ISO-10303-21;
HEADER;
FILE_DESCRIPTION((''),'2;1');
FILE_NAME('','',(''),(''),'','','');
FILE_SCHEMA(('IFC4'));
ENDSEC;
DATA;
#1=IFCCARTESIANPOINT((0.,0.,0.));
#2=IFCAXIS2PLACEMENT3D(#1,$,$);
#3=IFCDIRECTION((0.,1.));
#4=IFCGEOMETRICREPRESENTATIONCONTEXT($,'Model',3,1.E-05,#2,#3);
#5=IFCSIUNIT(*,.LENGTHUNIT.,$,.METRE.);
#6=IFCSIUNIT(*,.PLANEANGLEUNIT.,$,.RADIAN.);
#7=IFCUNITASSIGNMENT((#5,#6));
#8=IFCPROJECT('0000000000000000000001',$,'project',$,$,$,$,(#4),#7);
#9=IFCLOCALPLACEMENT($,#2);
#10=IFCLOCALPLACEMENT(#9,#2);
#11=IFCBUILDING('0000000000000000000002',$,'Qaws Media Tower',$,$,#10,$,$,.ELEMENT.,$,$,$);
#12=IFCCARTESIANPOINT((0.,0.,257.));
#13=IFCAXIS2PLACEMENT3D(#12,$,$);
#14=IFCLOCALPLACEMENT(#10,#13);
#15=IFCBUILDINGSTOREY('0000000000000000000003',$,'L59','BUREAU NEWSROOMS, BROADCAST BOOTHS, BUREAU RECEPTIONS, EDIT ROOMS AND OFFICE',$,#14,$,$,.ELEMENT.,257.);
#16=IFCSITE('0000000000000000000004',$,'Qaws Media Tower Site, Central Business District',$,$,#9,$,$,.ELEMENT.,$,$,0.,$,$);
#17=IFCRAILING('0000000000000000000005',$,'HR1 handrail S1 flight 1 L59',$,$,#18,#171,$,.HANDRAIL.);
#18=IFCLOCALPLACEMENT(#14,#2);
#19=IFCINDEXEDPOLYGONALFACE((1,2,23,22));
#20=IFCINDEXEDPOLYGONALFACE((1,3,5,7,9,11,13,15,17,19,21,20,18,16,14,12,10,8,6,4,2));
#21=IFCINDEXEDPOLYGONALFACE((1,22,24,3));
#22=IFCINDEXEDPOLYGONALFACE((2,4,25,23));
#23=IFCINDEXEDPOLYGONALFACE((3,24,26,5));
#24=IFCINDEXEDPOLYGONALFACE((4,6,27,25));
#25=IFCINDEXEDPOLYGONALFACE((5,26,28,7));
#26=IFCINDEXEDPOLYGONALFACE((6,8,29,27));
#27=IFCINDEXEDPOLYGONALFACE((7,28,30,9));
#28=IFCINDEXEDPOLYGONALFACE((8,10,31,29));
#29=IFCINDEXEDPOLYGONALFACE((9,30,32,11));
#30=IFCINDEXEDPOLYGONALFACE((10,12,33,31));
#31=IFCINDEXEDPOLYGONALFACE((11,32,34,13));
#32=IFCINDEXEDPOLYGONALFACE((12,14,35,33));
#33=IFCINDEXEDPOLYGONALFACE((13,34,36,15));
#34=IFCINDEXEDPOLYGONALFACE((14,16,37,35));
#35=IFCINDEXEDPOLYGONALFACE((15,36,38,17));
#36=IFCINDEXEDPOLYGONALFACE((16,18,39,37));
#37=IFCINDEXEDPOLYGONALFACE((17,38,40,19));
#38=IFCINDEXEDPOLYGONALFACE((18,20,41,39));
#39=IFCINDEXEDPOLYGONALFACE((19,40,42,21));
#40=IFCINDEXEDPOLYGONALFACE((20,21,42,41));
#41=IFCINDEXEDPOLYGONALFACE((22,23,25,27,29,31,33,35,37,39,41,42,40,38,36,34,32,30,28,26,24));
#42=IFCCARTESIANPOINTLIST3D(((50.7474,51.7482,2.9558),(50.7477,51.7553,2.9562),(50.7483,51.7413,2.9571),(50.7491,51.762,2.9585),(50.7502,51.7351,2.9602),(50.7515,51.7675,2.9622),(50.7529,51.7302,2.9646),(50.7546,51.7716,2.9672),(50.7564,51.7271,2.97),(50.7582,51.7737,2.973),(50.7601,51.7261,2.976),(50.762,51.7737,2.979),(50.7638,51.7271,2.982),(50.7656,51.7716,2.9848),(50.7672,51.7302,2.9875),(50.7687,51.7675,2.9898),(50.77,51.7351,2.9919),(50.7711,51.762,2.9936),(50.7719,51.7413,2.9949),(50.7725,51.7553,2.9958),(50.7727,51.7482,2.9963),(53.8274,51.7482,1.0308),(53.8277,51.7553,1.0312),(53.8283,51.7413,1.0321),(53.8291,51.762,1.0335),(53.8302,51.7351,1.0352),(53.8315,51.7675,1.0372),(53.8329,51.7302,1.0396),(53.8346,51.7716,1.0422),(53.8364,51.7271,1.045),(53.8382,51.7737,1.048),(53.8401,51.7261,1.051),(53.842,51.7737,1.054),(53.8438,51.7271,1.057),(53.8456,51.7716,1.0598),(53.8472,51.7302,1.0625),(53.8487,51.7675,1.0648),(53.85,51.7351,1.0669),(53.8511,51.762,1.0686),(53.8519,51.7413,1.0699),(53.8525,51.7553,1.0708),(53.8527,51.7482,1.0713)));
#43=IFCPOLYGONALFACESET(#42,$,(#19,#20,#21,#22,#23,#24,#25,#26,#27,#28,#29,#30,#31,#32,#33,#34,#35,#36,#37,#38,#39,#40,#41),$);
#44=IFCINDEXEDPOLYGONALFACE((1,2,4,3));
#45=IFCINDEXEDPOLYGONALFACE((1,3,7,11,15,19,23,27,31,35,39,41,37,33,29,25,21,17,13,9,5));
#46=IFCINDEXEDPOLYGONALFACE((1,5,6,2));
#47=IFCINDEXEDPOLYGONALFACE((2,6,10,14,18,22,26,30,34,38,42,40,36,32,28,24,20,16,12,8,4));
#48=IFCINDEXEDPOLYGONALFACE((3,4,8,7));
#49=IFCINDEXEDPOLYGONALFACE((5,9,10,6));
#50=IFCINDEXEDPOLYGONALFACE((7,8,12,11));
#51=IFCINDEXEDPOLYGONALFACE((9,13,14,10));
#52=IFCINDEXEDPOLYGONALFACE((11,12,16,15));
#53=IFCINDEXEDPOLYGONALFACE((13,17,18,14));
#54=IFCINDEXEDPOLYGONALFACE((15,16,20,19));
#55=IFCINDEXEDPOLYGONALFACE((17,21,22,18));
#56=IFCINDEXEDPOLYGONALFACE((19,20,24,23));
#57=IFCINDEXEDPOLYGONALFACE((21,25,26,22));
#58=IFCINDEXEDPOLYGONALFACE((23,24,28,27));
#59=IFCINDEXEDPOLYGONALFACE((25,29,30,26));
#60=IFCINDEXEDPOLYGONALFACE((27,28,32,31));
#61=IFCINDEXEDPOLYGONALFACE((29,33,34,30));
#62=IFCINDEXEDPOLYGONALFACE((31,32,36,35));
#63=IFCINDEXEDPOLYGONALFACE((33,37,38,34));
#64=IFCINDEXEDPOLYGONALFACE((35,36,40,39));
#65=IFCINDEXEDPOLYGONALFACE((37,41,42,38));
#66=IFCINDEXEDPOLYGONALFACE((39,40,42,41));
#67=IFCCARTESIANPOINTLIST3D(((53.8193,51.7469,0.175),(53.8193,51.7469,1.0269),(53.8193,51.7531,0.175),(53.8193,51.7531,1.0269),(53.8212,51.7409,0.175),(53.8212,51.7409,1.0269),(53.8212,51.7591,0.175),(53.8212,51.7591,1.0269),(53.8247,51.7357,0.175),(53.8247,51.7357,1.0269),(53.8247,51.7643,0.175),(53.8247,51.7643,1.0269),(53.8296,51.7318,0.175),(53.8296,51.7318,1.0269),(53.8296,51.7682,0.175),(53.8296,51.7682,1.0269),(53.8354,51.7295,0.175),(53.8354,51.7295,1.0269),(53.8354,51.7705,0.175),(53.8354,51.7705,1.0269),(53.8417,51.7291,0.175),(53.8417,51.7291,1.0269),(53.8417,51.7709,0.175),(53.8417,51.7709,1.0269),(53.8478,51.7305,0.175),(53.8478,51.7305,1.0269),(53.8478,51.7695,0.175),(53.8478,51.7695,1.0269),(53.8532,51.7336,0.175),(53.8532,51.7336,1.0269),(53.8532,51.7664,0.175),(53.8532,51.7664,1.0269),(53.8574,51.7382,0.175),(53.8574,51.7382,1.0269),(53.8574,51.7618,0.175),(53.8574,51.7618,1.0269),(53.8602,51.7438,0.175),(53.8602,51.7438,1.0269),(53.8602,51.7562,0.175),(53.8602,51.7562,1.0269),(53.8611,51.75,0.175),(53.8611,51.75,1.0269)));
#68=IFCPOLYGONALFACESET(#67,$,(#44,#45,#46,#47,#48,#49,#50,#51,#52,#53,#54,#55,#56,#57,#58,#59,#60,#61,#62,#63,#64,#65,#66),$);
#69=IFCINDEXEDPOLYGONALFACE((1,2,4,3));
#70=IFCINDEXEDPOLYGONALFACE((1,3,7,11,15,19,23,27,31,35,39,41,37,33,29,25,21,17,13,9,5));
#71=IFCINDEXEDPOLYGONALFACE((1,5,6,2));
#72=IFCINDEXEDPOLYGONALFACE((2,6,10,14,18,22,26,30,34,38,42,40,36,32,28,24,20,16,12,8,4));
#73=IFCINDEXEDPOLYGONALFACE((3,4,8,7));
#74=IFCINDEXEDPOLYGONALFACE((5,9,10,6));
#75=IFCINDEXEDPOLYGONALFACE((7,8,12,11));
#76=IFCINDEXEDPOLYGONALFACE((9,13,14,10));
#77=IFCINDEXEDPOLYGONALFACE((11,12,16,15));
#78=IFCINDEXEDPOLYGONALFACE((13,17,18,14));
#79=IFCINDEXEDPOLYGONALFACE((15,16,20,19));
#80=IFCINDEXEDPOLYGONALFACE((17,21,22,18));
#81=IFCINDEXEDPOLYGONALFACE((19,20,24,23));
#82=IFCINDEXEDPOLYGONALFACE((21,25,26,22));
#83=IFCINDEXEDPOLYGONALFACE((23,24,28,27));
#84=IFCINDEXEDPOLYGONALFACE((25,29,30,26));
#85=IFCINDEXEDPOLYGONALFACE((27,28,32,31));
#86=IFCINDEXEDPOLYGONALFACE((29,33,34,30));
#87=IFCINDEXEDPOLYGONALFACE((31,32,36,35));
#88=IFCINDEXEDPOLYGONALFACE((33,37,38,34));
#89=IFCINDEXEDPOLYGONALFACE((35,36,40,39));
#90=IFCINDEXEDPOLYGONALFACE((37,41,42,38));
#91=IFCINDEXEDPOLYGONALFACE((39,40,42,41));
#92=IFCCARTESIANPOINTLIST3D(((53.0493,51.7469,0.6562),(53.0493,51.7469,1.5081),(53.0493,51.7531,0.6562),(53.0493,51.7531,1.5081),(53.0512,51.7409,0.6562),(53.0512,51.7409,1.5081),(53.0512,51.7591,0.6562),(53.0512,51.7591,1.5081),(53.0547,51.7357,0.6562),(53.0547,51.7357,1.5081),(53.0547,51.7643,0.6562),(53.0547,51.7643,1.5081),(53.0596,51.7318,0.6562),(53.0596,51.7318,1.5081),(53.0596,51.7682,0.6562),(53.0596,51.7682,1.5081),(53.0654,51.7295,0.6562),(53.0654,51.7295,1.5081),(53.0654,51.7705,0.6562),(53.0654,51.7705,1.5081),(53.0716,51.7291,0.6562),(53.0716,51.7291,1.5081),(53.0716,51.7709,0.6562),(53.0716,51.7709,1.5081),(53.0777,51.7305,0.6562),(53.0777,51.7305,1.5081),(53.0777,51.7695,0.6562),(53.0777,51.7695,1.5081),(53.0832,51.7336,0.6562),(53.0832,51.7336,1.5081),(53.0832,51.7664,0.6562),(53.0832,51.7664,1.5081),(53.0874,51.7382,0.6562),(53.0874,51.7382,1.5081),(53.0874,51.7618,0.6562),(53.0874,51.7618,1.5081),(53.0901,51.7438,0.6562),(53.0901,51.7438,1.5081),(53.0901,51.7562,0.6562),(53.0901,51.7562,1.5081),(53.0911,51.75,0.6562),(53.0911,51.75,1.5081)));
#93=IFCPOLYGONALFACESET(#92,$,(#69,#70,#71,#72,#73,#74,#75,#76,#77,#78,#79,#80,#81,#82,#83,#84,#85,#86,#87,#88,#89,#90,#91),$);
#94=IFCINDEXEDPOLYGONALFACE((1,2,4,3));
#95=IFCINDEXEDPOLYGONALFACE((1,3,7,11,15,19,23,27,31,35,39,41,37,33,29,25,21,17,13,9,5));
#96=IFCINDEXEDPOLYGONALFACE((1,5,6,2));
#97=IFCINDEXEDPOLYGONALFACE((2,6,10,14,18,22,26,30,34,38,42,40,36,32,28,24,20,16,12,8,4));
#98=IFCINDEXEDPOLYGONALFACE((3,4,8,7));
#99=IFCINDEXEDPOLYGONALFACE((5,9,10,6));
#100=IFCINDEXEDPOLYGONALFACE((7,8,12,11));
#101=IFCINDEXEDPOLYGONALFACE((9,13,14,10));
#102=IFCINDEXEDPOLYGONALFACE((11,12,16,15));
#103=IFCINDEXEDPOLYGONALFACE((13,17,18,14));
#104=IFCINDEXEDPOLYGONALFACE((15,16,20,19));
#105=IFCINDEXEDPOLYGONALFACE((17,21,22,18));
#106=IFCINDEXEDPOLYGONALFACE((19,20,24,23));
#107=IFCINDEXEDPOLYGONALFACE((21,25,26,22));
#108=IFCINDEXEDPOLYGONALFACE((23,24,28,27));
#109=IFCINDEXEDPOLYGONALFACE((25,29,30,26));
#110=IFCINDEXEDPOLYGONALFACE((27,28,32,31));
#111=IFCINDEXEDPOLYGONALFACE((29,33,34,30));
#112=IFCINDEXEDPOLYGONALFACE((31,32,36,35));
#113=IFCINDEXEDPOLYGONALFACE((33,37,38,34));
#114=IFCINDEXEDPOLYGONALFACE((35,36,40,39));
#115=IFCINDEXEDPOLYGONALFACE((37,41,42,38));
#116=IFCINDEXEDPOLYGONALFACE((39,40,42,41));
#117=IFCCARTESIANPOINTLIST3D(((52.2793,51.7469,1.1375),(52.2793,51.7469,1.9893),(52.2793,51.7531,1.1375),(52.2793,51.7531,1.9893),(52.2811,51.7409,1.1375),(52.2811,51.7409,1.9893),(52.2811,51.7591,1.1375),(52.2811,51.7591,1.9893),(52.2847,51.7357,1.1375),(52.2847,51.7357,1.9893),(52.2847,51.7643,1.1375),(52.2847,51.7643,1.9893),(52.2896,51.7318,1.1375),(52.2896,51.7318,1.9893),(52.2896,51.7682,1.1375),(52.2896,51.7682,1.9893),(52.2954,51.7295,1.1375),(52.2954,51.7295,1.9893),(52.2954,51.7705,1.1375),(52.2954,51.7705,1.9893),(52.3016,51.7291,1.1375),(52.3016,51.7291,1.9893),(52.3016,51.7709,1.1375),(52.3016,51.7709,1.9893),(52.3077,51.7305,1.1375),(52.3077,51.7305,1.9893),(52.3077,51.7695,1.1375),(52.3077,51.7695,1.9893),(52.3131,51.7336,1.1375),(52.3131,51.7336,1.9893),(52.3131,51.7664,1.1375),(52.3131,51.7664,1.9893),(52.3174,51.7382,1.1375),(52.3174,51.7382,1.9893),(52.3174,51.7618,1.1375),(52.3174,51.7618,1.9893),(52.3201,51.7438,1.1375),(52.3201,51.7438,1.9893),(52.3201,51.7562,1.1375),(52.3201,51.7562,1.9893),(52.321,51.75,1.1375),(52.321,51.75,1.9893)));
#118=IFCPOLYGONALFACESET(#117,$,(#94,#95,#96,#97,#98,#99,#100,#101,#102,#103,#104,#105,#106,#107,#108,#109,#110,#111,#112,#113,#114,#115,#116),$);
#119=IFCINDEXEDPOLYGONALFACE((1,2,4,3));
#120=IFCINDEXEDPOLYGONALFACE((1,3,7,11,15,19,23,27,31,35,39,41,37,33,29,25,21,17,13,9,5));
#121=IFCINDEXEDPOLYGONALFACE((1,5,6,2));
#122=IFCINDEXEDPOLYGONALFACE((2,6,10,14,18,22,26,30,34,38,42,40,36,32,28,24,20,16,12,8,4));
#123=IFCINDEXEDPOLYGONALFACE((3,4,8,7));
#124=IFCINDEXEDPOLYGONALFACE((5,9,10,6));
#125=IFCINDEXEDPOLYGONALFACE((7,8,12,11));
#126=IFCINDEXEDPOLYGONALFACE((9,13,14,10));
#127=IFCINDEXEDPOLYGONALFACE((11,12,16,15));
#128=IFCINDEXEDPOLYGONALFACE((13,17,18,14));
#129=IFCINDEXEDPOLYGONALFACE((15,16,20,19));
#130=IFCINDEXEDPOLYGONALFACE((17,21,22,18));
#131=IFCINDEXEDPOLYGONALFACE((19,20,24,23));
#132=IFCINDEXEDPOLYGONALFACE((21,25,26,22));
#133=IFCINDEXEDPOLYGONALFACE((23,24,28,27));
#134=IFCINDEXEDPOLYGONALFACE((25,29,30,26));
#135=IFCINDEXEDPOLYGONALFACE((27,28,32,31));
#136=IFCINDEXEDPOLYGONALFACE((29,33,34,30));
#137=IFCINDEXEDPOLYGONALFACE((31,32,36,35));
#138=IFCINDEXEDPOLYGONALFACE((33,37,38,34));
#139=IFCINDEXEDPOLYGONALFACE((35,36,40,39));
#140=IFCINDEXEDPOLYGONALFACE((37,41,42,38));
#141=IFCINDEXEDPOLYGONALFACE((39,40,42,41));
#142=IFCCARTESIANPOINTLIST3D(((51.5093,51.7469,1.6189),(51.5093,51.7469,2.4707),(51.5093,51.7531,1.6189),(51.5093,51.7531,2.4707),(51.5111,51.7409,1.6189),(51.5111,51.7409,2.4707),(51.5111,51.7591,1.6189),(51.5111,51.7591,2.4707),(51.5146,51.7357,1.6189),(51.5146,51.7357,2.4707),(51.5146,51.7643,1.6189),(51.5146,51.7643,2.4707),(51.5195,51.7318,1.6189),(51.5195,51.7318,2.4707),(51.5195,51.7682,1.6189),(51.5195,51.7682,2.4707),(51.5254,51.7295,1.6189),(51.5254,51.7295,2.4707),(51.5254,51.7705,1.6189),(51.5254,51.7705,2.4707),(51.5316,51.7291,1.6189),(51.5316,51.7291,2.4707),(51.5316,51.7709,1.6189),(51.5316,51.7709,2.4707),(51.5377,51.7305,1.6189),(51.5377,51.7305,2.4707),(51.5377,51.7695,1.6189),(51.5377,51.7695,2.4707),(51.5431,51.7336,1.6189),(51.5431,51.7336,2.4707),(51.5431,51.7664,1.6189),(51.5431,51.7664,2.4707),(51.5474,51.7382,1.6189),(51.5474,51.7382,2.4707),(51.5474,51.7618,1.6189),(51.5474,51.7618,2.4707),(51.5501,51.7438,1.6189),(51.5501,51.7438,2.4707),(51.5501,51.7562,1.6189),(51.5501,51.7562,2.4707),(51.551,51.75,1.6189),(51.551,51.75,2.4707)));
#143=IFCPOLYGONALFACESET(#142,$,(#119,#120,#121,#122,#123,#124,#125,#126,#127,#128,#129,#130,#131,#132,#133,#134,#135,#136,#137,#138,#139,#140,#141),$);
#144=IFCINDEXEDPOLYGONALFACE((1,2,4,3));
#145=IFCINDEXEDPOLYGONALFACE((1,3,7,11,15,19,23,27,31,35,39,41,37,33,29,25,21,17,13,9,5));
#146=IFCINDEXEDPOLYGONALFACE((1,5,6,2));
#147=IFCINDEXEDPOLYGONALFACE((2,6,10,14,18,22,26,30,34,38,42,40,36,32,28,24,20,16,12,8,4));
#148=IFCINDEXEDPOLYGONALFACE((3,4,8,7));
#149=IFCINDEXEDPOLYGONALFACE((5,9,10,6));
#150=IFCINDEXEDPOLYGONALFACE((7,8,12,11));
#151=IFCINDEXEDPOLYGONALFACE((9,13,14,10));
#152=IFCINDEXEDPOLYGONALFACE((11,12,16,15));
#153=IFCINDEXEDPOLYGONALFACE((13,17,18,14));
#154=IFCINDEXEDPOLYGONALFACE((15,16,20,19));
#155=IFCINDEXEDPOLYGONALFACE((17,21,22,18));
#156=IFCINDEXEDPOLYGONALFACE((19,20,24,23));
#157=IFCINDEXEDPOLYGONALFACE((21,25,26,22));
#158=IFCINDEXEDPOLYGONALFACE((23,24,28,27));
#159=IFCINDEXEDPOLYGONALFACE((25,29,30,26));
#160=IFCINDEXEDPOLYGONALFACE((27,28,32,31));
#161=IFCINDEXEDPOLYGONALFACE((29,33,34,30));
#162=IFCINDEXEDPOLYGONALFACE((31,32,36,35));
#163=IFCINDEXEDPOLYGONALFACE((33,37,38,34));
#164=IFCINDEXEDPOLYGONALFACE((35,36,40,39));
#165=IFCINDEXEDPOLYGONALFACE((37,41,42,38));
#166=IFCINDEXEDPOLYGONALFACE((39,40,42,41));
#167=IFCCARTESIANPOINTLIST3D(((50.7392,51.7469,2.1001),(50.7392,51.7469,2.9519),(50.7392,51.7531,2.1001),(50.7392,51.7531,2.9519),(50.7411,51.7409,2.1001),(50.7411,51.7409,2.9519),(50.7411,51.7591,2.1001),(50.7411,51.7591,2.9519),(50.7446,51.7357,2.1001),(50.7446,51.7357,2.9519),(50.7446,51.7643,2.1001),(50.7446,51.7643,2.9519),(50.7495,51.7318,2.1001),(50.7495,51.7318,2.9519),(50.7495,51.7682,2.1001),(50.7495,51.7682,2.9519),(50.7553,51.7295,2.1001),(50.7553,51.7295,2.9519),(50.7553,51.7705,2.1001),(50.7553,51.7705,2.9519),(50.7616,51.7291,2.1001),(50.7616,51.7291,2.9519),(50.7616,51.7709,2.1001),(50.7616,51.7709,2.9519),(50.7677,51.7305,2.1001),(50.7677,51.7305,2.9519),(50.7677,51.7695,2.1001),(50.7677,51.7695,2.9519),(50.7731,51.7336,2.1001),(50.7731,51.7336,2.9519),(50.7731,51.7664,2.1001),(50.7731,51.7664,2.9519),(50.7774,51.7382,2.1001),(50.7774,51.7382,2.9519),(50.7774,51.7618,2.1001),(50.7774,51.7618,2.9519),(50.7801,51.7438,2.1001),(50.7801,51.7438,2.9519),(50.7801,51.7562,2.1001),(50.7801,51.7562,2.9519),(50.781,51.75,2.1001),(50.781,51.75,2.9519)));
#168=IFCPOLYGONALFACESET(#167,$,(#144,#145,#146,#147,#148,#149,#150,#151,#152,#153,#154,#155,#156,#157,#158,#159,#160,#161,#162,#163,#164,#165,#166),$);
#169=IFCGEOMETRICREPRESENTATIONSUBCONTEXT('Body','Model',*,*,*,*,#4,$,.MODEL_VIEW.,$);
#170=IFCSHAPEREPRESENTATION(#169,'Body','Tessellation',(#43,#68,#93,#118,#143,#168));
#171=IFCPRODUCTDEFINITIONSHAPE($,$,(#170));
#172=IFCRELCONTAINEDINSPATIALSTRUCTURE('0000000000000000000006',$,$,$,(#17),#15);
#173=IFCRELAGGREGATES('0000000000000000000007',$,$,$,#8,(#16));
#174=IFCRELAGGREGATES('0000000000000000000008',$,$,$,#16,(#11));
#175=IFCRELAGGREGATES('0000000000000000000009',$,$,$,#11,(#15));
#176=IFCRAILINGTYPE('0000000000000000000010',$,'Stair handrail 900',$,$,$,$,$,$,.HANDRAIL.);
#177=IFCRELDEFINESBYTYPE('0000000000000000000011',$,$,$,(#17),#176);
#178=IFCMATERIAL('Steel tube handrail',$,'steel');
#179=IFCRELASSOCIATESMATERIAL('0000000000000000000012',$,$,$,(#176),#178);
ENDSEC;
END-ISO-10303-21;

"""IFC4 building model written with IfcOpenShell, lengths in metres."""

from ifc_helpers import new_model, si_unit, direction, frame, origin, origin_2d, place, context, subcontext, project, spatial, circle, extrude, material, type_object, element, save


model = new_model("IFC4")

# Units and contexts
model_context = context("Model", 3, precision=1e-05, world=origin(), true_north=direction((0.0, 1.0)))
body_context = subcontext(model_context, "Body", "Model", "MODEL_VIEW")
ifc_project = project(units=[si_unit("LENGTHUNIT", "METRE"), si_unit("PLANEANGLEUNIT", "RADIAN")], contexts=[model_context])

# Site, building, storey
site_placement = place(None, origin())
site = spatial("IfcSite", under=ifc_project, at=site_placement, Name="Qaws Media Tower Site, Central Business District", CompositionType="ELEMENT", RefElevation=0.0)
building_placement = place(site_placement, origin())
building = spatial("IfcBuilding", under=site, at=building_placement, Name="Qaws Media Tower", CompositionType="ELEMENT")
storey_placement = place(building_placement, frame((0.0, 0.0, 257.0)))
storey = spatial("IfcBuildingStorey", under=building, at=storey_placement, Name="L59", Description="BUREAU NEWSROOMS, BROADCAST BOOTHS, BUREAU RECEPTIONS, EDIT ROOMS AND OFFICE", CompositionType="ELEMENT", Elevation=257.0)

# Railing
ifc_material_1 = material(Name="Steel tube handrail", Category="steel")
railing_type = type_object("IfcRailingType", Name="Stair handrail 900", PredefinedType="HANDRAIL", material=ifc_material_1)
for number, where, name in (
    (1, (53.8401, 51.75, 0.175), "HR1 handrail S1 flight 1 L59"),
):
    element("IfcRailing", number, at=place(storey_placement, frame(where)), inside=storey, type_object=railing_type, Name=name, PredefinedType="HANDRAIL", context=body_context, shape_type="SweptSolid", body=[
        extrude(circle(Radius=0.0239, at=origin_2d()), frame((0.0, 0.0, 0.876), z_axis=(-0.847998, 0.0, 0.529999), x_axis=(0.0, -1.0, 0.0)), (0.0, 0.0, 1.0), 3.6321),
        extrude(circle(Radius=0.021, at=origin_2d()), origin(), (0.0, 0.0, 1.0), 0.8518),
        extrude(circle(Radius=0.021, at=origin_2d()), frame((-0.77, 0.0, 0.4812)), (0.0, 0.0, 1.0), 0.8518),
        extrude(circle(Radius=0.021, at=origin_2d()), frame((-1.54, 0.0, 0.9624)), (0.0, 0.0, 1.0), 0.8518),
        extrude(circle(Radius=0.021, at=origin_2d()), frame((-2.3101, 0.0, 1.4438)), (0.0, 0.0, 1.0), 0.8518),
        extrude(circle(Radius=0.021, at=origin_2d()), frame((-3.0801, 0.0, 1.925)), (0.0, 0.0, 1.0), 0.8518),
    ])

save(model, "model.ifc")
